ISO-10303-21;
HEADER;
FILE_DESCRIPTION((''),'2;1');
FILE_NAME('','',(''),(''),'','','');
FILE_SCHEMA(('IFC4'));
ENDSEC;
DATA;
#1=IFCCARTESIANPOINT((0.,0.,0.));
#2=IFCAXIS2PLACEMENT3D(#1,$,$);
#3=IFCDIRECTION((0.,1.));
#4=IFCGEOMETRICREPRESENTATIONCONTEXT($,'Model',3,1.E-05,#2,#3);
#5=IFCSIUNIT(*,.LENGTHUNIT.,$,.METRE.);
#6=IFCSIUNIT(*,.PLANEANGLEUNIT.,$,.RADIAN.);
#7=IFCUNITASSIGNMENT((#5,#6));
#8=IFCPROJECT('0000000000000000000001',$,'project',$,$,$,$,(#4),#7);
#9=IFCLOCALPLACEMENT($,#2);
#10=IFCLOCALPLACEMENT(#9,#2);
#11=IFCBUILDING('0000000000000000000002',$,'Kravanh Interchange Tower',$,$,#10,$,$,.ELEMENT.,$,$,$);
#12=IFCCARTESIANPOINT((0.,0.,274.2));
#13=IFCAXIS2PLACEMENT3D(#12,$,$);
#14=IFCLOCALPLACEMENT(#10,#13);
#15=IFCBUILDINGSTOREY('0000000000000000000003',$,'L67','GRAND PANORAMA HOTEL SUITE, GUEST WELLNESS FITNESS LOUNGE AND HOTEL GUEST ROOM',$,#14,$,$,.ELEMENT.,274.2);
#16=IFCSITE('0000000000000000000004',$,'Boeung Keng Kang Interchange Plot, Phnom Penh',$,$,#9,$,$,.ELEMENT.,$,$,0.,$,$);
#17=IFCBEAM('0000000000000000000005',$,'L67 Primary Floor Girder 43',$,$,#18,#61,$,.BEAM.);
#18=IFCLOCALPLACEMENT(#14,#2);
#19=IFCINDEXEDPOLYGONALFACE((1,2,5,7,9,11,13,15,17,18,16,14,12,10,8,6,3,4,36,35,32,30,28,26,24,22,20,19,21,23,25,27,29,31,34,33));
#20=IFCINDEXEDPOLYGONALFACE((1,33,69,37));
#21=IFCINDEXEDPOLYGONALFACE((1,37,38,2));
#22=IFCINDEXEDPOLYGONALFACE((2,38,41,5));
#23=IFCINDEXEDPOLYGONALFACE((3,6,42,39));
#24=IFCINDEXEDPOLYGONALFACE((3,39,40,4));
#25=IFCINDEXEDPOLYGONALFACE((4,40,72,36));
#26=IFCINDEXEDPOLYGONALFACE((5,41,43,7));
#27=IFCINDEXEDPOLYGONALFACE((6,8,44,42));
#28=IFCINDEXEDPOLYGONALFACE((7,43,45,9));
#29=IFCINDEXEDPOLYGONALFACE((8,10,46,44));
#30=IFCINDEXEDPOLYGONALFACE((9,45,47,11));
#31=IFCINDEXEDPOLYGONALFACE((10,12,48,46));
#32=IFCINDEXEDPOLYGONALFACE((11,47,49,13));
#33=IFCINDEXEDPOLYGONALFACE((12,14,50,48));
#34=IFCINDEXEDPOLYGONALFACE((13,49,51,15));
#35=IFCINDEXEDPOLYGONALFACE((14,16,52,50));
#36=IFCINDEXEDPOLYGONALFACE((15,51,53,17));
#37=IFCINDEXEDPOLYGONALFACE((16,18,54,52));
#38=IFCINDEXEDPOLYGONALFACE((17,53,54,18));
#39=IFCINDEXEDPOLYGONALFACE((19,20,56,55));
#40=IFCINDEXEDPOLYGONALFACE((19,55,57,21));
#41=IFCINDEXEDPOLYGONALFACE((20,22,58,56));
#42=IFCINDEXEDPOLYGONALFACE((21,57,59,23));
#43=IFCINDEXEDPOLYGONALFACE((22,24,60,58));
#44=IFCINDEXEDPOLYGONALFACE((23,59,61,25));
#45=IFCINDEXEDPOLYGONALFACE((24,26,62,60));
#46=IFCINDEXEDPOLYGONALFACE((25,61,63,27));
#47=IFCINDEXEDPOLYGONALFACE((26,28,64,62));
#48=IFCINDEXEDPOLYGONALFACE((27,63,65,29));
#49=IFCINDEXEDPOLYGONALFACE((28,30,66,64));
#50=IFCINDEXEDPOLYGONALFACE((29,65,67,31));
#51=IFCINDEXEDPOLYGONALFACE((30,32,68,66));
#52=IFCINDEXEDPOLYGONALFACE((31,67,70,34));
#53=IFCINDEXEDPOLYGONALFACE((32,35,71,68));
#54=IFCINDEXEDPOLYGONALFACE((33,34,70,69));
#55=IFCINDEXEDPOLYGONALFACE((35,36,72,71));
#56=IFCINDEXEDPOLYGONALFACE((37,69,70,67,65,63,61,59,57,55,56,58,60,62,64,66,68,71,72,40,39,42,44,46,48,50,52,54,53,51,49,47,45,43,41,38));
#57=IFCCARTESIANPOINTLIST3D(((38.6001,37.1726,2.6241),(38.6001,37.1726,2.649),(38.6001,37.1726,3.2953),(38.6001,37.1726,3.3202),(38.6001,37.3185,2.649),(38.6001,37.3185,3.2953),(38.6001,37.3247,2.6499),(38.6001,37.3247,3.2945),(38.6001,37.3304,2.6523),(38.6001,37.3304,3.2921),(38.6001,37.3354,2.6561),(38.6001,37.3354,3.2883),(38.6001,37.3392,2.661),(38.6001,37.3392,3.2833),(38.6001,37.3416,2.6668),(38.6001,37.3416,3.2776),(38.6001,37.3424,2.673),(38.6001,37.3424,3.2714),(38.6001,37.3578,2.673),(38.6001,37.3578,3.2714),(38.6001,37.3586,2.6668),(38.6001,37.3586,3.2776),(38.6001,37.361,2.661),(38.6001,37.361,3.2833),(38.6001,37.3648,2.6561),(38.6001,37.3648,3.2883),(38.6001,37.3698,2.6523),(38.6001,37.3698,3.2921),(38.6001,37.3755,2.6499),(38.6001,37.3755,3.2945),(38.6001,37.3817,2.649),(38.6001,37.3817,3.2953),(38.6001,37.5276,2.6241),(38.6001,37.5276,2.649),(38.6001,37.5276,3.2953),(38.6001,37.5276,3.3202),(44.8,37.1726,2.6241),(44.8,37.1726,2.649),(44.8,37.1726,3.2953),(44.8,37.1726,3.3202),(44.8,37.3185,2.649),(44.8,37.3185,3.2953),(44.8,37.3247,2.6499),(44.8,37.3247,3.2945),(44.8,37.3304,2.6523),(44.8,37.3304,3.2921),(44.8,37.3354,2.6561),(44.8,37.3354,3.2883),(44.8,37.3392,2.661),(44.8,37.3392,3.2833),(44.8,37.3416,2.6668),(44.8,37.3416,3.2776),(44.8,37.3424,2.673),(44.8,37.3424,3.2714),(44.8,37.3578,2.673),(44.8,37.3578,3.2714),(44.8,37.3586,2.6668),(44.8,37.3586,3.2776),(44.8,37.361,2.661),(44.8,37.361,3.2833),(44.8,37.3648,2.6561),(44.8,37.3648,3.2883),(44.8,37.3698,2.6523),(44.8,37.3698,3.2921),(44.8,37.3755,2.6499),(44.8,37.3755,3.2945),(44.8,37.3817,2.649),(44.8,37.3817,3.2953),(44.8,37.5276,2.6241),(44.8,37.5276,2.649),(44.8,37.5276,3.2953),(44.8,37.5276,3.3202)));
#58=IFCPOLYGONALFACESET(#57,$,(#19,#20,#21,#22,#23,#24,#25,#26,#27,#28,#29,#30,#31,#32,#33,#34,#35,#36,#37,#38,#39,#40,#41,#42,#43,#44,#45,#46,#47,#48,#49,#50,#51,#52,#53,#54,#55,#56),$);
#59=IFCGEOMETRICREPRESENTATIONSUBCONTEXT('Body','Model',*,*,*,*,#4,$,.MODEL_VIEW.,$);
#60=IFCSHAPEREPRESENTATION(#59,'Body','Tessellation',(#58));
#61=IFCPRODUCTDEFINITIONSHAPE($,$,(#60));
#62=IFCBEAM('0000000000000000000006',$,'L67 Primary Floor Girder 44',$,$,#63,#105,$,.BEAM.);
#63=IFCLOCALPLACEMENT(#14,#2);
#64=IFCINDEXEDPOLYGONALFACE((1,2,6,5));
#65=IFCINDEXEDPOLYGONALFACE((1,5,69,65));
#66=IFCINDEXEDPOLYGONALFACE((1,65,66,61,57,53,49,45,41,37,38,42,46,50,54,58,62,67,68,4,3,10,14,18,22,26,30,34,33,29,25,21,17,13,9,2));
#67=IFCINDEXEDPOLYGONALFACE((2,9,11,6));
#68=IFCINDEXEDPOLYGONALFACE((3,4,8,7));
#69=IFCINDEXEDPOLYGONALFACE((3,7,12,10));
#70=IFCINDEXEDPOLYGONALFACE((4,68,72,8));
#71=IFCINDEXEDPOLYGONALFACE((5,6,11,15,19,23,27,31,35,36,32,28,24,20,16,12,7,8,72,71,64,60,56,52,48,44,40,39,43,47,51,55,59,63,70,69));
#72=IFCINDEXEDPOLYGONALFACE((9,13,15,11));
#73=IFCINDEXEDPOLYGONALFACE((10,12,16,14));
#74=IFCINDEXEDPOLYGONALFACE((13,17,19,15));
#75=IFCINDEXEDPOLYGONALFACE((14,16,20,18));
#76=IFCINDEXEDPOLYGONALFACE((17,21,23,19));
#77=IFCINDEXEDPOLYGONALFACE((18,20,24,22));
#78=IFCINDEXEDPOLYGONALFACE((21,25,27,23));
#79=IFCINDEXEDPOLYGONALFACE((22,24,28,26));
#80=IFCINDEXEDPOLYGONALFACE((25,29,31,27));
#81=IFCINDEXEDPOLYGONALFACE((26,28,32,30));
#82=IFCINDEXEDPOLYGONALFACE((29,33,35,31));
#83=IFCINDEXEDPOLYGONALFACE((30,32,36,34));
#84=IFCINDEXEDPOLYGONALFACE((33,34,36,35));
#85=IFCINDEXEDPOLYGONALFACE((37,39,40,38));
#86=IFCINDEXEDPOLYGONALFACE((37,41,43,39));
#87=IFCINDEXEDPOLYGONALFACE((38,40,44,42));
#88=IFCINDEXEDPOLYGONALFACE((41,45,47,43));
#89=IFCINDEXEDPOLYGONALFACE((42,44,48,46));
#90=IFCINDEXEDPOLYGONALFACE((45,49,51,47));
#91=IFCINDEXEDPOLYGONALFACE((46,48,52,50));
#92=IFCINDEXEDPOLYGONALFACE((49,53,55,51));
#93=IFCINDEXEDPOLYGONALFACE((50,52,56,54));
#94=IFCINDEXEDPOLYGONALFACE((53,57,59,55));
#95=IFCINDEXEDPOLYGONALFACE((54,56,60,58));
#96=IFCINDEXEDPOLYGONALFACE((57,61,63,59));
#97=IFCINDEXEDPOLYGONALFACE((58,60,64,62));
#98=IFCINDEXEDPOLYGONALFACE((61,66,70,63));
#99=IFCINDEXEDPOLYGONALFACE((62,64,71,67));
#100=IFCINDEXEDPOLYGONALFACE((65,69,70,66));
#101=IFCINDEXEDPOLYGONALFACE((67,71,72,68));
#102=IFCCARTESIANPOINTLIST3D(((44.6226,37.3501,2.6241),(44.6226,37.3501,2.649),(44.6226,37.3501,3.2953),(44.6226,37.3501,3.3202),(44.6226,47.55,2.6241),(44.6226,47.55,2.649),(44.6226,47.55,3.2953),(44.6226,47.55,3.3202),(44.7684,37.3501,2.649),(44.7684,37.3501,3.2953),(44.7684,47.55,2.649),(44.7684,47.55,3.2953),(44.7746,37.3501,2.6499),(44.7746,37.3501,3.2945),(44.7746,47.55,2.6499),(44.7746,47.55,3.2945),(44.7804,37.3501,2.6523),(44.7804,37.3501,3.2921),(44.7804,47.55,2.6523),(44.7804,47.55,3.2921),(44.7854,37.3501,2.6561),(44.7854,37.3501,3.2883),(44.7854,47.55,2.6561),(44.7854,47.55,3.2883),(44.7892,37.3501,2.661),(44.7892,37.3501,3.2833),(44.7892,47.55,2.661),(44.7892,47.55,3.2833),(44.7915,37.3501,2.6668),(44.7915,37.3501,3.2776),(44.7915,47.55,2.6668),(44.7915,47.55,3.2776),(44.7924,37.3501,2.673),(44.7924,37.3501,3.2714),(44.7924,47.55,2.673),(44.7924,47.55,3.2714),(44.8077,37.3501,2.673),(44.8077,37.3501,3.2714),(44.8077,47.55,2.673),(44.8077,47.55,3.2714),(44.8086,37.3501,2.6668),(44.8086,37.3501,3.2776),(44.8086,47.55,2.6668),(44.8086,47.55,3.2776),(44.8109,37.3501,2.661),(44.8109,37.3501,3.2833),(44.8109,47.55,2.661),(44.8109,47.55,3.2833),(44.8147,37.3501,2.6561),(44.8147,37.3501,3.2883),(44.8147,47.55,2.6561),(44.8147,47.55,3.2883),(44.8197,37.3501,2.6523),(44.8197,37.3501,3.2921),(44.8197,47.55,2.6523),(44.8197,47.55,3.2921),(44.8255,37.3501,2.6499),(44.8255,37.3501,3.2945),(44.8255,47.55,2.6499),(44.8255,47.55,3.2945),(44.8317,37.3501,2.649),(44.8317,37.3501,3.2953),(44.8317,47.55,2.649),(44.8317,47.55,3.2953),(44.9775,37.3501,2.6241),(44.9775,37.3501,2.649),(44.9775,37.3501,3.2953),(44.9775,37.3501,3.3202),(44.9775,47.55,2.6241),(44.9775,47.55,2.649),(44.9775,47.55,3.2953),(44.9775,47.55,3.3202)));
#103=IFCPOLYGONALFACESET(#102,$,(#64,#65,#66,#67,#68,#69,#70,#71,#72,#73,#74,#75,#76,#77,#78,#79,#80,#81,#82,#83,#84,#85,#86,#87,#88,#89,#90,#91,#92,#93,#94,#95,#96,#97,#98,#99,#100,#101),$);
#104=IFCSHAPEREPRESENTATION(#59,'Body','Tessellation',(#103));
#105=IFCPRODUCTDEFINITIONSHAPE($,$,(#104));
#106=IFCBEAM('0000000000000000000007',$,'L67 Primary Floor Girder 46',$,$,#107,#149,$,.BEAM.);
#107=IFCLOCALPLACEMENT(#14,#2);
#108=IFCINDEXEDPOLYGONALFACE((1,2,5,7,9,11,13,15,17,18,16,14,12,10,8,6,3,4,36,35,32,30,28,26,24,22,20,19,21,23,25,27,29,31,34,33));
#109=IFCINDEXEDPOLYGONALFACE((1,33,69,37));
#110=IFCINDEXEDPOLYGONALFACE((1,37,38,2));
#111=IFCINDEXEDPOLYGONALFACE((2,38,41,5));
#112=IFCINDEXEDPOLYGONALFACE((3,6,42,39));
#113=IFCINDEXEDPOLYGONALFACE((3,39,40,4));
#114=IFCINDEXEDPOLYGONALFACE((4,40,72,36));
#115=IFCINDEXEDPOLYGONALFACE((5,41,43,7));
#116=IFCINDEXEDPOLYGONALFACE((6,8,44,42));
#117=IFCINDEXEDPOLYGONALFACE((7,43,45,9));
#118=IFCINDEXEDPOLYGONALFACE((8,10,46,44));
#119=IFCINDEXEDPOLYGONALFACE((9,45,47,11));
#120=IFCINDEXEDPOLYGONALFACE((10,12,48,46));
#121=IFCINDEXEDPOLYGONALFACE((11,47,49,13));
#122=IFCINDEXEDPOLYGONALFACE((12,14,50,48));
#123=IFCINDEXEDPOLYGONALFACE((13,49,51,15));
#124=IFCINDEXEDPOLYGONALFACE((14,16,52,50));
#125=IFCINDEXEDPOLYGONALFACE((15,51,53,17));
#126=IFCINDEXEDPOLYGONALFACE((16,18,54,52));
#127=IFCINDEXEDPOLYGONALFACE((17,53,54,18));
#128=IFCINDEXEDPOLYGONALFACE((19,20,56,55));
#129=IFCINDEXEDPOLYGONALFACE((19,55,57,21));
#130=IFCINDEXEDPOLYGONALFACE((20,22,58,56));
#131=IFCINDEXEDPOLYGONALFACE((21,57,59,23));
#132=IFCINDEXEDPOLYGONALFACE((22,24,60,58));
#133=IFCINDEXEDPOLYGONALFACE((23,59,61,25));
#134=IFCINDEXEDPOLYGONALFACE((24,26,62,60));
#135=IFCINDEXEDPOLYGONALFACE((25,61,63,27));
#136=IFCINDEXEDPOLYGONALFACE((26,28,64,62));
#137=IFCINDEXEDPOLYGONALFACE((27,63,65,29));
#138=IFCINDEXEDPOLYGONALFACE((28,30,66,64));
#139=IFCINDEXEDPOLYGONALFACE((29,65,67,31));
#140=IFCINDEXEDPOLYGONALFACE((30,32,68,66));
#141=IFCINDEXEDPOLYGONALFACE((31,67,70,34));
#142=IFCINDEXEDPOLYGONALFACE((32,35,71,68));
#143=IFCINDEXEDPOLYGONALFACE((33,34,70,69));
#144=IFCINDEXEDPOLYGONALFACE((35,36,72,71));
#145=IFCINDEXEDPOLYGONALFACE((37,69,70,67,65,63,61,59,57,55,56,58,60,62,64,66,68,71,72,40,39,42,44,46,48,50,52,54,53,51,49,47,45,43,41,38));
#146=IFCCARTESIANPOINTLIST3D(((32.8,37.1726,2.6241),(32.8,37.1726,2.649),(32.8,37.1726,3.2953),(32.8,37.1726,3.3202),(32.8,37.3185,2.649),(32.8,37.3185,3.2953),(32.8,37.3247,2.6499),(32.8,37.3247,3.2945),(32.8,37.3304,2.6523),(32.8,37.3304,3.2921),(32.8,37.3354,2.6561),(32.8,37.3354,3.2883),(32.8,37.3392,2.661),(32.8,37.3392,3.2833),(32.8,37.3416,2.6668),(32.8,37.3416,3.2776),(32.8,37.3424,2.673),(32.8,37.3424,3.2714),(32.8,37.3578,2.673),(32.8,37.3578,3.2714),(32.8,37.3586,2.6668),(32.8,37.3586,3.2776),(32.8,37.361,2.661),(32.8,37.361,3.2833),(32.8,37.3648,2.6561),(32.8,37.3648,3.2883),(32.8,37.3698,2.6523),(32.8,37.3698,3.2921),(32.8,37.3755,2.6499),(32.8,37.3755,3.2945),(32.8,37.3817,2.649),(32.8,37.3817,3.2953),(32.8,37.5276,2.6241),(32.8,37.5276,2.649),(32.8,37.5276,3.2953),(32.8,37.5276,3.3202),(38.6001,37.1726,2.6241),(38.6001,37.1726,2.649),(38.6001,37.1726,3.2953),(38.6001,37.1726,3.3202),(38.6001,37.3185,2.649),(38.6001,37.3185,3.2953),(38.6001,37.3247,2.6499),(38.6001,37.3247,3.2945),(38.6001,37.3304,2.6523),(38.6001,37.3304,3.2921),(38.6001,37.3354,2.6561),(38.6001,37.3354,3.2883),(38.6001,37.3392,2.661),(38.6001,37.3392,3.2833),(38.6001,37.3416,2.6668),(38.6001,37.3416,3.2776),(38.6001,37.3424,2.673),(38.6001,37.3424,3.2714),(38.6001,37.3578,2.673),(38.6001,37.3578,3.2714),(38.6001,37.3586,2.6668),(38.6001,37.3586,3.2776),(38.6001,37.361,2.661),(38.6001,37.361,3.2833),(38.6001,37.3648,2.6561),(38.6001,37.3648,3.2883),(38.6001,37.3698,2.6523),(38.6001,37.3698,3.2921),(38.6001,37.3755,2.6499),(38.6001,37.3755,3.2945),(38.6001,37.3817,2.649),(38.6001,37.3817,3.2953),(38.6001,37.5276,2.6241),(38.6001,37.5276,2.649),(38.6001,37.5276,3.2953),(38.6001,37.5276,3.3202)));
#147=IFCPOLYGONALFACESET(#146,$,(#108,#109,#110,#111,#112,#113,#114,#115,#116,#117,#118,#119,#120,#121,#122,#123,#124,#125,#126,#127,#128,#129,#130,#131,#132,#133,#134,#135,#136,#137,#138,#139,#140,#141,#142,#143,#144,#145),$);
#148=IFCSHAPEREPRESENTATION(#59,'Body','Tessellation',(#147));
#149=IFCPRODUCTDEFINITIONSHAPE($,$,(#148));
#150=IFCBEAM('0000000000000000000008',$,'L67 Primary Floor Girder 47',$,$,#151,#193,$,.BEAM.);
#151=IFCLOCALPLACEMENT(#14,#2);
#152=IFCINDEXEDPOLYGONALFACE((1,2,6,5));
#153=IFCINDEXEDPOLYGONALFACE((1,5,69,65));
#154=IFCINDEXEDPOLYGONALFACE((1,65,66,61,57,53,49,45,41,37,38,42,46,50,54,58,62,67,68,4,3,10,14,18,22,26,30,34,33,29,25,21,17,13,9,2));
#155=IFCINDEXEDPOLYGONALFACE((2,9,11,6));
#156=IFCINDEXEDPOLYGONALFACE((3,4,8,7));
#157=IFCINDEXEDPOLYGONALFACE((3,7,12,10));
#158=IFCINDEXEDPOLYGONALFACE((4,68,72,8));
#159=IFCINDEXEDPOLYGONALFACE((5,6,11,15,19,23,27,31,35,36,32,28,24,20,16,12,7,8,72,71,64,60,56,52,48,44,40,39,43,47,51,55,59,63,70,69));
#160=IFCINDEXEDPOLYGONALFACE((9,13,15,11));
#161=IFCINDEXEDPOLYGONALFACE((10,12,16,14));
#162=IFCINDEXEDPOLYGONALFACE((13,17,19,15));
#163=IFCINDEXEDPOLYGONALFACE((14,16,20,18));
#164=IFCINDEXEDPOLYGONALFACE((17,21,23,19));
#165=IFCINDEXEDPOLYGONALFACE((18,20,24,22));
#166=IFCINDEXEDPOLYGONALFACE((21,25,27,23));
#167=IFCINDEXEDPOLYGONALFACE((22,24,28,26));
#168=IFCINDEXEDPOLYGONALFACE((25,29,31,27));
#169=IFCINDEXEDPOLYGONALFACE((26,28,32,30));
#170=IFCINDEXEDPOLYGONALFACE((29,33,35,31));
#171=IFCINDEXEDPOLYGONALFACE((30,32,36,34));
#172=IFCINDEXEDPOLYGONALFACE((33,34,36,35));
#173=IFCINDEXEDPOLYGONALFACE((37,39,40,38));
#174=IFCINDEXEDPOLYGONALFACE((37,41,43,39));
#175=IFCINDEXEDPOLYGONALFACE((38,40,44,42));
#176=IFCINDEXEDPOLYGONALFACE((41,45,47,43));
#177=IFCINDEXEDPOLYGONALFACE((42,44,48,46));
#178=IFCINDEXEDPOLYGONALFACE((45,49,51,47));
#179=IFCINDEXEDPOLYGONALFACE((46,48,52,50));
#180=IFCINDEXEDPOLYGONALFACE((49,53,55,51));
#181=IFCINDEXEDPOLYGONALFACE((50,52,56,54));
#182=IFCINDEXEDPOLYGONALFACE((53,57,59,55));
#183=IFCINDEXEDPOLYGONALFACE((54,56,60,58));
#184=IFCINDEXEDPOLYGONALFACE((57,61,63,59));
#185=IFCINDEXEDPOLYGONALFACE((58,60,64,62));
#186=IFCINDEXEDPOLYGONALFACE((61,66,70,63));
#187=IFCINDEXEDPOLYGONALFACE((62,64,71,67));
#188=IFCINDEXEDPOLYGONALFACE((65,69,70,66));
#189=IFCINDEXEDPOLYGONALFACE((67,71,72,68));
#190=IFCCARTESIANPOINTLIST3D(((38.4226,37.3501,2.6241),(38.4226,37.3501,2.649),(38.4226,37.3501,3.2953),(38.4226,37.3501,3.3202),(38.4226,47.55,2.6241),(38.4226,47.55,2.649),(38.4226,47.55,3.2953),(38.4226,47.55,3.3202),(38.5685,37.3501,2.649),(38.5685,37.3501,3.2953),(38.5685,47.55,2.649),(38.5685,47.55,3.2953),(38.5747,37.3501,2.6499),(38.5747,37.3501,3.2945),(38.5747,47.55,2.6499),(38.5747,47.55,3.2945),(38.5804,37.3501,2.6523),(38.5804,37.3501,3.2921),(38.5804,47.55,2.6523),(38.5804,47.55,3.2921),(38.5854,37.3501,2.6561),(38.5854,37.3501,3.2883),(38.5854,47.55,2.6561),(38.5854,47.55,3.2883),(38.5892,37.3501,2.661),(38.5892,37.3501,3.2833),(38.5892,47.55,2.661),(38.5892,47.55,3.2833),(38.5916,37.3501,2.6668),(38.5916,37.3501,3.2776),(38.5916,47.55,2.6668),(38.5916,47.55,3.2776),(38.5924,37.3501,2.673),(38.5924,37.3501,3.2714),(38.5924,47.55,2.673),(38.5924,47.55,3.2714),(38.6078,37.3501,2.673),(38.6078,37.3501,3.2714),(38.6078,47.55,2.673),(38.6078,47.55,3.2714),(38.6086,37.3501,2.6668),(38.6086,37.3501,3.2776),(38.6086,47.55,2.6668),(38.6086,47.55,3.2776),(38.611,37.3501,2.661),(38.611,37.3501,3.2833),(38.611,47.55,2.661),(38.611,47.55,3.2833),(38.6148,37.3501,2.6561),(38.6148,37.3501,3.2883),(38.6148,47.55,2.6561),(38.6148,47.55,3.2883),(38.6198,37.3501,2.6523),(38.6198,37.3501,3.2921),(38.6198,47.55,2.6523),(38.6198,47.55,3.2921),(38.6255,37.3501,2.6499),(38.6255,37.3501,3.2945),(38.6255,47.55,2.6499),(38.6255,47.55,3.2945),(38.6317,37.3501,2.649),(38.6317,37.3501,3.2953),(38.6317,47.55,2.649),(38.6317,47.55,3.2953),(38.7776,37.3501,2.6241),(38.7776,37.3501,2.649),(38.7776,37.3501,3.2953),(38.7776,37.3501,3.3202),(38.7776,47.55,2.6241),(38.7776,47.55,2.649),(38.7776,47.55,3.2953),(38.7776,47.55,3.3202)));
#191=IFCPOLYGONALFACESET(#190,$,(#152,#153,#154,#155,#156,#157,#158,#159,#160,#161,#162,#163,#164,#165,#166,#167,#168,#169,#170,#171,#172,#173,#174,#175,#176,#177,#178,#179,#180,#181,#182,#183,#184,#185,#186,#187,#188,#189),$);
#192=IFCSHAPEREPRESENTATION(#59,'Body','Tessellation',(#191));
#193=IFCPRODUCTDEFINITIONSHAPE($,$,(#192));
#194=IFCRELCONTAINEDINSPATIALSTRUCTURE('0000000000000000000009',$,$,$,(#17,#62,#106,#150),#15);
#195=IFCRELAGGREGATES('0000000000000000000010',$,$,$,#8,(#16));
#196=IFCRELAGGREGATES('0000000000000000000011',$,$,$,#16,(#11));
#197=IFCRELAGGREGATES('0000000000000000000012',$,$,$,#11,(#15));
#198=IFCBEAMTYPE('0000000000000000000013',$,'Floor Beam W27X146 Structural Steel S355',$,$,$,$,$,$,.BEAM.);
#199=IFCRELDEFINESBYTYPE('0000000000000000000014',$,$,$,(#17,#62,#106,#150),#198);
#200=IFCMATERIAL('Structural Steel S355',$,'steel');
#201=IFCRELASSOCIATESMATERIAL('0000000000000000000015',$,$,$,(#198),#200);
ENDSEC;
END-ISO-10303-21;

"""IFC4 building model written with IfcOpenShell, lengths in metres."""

from ifc_helpers import new_model, si_unit, direction, frame, origin, origin_2d, place, context, subcontext, project, spatial, i_section, extrude, material, material_profile, profile_set, type_object, element, save


model = new_model("IFC4")

# Units and contexts
model_context = context("Model", 3, precision=1e-05, world=origin(), true_north=direction((0.0, 1.0)))
body_context = subcontext(model_context, "Body", "Model", "MODEL_VIEW")
ifc_project = project(units=[si_unit("LENGTHUNIT", "METRE"), si_unit("PLANEANGLEUNIT", "RADIAN")], contexts=[model_context])

# Site, building, storey
site_placement = place(None, origin())
site = spatial("IfcSite", under=ifc_project, at=site_placement, Name="Boeung Keng Kang Interchange Plot, Phnom Penh", CompositionType="ELEMENT", RefElevation=0.0)
building_placement = place(site_placement, origin())
building = spatial("IfcBuilding", under=site, at=building_placement, Name="Kravanh Interchange Tower", CompositionType="ELEMENT")
storey_placement = place(building_placement, frame((0.0, 0.0, 274.2)))
storey = spatial("IfcBuildingStorey", under=building, at=storey_placement, Name="L67", Description="GRAND PANORAMA HOTEL SUITE, GUEST WELLNESS FITNESS LOUNGE AND HOTEL GUEST ROOM", CompositionType="ELEMENT", Elevation=274.2)

# Beams
ifc_material_1 = material(Name="Structural Steel S355", Category="steel")
ifc_material_profile_1 = material_profile(ifc_material_1, i_section(OverallWidth=0.355, OverallDepth=0.696, WebThickness=0.0154, FlangeThickness=0.0249, FilletRadius=0.0239, at=origin_2d()), Name="W27X146")
ifc_profile_set_1 = profile_set([ifc_material_profile_1], Name="Structural Steel S355")
beam_type_1 = type_object("IfcBeamType", Name="Floor Beam W27X146 Structural Steel S355", PredefinedType="BEAM", material=ifc_profile_set_1)
for number, where, z_axis, x_axis, name in (
    (1, (44.8, 37.3501, 2.9722), (-1.0, 0.0, 0.0), (0.0, -1.0, 0.0), "L67 Primary Floor Girder 43"),
):
    element("IfcBeam", number, at=place(storey_placement, frame(where, z_axis=z_axis, x_axis=x_axis)), inside=storey, type_object=beam_type_1, Name=name, PredefinedType="BEAM", context=body_context, shape_type="SweptSolid", body=[
        extrude(i_section(OverallWidth=0.355, OverallDepth=0.696, WebThickness=0.0154, FlangeThickness=0.0249, FilletRadius=0.0239, at=origin_2d()), origin(), (0.0, 0.0, 1.0), 6.2),
    ])
beam_1_placement = place(storey_placement, frame((44.8, 37.3501, 2.9722), z_axis=(0.0, 1.0, 0.0), x_axis=(-1.0, 0.0, 0.0)))
element("IfcBeam", 2, at=beam_1_placement, inside=storey, type_object=beam_type_1, Name="L67 Primary Floor Girder 44", PredefinedType="BEAM", context=body_context, shape_type="SweptSolid", body=[
    extrude(i_section(OverallWidth=0.355, OverallDepth=0.696, WebThickness=0.0154, FlangeThickness=0.0249, FilletRadius=0.0239, at=origin_2d()), origin(), (0.0, 0.0, 1.0), 10.2),
])
beam_2_placement = place(storey_placement, frame((38.6001, 37.3501, 2.9722), z_axis=(-1.0, 0.0, 0.0), x_axis=(0.0, -1.0, 0.0)))
element("IfcBeam", 3, at=beam_2_placement, inside=storey, type_object=beam_type_1, Name="L67 Primary Floor Girder 46", PredefinedType="BEAM", context=body_context, shape_type="SweptSolid", body=[
    extrude(i_section(OverallWidth=0.355, OverallDepth=0.696, WebThickness=0.0154, FlangeThickness=0.0249, FilletRadius=0.0239, at=origin_2d()), origin(), (0.0, 0.0, 1.0), 5.8),
])
beam_3_placement = place(storey_placement, frame((38.6001, 37.3501, 2.9722), z_axis=(0.0, 1.0, 0.0), x_axis=(-1.0, 0.0, 0.0)))
element("IfcBeam", 4, at=beam_3_placement, inside=storey, type_object=beam_type_1, Name="L67 Primary Floor Girder 47", PredefinedType="BEAM", context=body_context, shape_type="SweptSolid", body=[
    extrude(i_section(OverallWidth=0.355, OverallDepth=0.696, WebThickness=0.0154, FlangeThickness=0.0249, FilletRadius=0.0239, at=origin_2d()), origin(), (0.0, 0.0, 1.0), 10.2),
])

save(model, "model.ifc")
